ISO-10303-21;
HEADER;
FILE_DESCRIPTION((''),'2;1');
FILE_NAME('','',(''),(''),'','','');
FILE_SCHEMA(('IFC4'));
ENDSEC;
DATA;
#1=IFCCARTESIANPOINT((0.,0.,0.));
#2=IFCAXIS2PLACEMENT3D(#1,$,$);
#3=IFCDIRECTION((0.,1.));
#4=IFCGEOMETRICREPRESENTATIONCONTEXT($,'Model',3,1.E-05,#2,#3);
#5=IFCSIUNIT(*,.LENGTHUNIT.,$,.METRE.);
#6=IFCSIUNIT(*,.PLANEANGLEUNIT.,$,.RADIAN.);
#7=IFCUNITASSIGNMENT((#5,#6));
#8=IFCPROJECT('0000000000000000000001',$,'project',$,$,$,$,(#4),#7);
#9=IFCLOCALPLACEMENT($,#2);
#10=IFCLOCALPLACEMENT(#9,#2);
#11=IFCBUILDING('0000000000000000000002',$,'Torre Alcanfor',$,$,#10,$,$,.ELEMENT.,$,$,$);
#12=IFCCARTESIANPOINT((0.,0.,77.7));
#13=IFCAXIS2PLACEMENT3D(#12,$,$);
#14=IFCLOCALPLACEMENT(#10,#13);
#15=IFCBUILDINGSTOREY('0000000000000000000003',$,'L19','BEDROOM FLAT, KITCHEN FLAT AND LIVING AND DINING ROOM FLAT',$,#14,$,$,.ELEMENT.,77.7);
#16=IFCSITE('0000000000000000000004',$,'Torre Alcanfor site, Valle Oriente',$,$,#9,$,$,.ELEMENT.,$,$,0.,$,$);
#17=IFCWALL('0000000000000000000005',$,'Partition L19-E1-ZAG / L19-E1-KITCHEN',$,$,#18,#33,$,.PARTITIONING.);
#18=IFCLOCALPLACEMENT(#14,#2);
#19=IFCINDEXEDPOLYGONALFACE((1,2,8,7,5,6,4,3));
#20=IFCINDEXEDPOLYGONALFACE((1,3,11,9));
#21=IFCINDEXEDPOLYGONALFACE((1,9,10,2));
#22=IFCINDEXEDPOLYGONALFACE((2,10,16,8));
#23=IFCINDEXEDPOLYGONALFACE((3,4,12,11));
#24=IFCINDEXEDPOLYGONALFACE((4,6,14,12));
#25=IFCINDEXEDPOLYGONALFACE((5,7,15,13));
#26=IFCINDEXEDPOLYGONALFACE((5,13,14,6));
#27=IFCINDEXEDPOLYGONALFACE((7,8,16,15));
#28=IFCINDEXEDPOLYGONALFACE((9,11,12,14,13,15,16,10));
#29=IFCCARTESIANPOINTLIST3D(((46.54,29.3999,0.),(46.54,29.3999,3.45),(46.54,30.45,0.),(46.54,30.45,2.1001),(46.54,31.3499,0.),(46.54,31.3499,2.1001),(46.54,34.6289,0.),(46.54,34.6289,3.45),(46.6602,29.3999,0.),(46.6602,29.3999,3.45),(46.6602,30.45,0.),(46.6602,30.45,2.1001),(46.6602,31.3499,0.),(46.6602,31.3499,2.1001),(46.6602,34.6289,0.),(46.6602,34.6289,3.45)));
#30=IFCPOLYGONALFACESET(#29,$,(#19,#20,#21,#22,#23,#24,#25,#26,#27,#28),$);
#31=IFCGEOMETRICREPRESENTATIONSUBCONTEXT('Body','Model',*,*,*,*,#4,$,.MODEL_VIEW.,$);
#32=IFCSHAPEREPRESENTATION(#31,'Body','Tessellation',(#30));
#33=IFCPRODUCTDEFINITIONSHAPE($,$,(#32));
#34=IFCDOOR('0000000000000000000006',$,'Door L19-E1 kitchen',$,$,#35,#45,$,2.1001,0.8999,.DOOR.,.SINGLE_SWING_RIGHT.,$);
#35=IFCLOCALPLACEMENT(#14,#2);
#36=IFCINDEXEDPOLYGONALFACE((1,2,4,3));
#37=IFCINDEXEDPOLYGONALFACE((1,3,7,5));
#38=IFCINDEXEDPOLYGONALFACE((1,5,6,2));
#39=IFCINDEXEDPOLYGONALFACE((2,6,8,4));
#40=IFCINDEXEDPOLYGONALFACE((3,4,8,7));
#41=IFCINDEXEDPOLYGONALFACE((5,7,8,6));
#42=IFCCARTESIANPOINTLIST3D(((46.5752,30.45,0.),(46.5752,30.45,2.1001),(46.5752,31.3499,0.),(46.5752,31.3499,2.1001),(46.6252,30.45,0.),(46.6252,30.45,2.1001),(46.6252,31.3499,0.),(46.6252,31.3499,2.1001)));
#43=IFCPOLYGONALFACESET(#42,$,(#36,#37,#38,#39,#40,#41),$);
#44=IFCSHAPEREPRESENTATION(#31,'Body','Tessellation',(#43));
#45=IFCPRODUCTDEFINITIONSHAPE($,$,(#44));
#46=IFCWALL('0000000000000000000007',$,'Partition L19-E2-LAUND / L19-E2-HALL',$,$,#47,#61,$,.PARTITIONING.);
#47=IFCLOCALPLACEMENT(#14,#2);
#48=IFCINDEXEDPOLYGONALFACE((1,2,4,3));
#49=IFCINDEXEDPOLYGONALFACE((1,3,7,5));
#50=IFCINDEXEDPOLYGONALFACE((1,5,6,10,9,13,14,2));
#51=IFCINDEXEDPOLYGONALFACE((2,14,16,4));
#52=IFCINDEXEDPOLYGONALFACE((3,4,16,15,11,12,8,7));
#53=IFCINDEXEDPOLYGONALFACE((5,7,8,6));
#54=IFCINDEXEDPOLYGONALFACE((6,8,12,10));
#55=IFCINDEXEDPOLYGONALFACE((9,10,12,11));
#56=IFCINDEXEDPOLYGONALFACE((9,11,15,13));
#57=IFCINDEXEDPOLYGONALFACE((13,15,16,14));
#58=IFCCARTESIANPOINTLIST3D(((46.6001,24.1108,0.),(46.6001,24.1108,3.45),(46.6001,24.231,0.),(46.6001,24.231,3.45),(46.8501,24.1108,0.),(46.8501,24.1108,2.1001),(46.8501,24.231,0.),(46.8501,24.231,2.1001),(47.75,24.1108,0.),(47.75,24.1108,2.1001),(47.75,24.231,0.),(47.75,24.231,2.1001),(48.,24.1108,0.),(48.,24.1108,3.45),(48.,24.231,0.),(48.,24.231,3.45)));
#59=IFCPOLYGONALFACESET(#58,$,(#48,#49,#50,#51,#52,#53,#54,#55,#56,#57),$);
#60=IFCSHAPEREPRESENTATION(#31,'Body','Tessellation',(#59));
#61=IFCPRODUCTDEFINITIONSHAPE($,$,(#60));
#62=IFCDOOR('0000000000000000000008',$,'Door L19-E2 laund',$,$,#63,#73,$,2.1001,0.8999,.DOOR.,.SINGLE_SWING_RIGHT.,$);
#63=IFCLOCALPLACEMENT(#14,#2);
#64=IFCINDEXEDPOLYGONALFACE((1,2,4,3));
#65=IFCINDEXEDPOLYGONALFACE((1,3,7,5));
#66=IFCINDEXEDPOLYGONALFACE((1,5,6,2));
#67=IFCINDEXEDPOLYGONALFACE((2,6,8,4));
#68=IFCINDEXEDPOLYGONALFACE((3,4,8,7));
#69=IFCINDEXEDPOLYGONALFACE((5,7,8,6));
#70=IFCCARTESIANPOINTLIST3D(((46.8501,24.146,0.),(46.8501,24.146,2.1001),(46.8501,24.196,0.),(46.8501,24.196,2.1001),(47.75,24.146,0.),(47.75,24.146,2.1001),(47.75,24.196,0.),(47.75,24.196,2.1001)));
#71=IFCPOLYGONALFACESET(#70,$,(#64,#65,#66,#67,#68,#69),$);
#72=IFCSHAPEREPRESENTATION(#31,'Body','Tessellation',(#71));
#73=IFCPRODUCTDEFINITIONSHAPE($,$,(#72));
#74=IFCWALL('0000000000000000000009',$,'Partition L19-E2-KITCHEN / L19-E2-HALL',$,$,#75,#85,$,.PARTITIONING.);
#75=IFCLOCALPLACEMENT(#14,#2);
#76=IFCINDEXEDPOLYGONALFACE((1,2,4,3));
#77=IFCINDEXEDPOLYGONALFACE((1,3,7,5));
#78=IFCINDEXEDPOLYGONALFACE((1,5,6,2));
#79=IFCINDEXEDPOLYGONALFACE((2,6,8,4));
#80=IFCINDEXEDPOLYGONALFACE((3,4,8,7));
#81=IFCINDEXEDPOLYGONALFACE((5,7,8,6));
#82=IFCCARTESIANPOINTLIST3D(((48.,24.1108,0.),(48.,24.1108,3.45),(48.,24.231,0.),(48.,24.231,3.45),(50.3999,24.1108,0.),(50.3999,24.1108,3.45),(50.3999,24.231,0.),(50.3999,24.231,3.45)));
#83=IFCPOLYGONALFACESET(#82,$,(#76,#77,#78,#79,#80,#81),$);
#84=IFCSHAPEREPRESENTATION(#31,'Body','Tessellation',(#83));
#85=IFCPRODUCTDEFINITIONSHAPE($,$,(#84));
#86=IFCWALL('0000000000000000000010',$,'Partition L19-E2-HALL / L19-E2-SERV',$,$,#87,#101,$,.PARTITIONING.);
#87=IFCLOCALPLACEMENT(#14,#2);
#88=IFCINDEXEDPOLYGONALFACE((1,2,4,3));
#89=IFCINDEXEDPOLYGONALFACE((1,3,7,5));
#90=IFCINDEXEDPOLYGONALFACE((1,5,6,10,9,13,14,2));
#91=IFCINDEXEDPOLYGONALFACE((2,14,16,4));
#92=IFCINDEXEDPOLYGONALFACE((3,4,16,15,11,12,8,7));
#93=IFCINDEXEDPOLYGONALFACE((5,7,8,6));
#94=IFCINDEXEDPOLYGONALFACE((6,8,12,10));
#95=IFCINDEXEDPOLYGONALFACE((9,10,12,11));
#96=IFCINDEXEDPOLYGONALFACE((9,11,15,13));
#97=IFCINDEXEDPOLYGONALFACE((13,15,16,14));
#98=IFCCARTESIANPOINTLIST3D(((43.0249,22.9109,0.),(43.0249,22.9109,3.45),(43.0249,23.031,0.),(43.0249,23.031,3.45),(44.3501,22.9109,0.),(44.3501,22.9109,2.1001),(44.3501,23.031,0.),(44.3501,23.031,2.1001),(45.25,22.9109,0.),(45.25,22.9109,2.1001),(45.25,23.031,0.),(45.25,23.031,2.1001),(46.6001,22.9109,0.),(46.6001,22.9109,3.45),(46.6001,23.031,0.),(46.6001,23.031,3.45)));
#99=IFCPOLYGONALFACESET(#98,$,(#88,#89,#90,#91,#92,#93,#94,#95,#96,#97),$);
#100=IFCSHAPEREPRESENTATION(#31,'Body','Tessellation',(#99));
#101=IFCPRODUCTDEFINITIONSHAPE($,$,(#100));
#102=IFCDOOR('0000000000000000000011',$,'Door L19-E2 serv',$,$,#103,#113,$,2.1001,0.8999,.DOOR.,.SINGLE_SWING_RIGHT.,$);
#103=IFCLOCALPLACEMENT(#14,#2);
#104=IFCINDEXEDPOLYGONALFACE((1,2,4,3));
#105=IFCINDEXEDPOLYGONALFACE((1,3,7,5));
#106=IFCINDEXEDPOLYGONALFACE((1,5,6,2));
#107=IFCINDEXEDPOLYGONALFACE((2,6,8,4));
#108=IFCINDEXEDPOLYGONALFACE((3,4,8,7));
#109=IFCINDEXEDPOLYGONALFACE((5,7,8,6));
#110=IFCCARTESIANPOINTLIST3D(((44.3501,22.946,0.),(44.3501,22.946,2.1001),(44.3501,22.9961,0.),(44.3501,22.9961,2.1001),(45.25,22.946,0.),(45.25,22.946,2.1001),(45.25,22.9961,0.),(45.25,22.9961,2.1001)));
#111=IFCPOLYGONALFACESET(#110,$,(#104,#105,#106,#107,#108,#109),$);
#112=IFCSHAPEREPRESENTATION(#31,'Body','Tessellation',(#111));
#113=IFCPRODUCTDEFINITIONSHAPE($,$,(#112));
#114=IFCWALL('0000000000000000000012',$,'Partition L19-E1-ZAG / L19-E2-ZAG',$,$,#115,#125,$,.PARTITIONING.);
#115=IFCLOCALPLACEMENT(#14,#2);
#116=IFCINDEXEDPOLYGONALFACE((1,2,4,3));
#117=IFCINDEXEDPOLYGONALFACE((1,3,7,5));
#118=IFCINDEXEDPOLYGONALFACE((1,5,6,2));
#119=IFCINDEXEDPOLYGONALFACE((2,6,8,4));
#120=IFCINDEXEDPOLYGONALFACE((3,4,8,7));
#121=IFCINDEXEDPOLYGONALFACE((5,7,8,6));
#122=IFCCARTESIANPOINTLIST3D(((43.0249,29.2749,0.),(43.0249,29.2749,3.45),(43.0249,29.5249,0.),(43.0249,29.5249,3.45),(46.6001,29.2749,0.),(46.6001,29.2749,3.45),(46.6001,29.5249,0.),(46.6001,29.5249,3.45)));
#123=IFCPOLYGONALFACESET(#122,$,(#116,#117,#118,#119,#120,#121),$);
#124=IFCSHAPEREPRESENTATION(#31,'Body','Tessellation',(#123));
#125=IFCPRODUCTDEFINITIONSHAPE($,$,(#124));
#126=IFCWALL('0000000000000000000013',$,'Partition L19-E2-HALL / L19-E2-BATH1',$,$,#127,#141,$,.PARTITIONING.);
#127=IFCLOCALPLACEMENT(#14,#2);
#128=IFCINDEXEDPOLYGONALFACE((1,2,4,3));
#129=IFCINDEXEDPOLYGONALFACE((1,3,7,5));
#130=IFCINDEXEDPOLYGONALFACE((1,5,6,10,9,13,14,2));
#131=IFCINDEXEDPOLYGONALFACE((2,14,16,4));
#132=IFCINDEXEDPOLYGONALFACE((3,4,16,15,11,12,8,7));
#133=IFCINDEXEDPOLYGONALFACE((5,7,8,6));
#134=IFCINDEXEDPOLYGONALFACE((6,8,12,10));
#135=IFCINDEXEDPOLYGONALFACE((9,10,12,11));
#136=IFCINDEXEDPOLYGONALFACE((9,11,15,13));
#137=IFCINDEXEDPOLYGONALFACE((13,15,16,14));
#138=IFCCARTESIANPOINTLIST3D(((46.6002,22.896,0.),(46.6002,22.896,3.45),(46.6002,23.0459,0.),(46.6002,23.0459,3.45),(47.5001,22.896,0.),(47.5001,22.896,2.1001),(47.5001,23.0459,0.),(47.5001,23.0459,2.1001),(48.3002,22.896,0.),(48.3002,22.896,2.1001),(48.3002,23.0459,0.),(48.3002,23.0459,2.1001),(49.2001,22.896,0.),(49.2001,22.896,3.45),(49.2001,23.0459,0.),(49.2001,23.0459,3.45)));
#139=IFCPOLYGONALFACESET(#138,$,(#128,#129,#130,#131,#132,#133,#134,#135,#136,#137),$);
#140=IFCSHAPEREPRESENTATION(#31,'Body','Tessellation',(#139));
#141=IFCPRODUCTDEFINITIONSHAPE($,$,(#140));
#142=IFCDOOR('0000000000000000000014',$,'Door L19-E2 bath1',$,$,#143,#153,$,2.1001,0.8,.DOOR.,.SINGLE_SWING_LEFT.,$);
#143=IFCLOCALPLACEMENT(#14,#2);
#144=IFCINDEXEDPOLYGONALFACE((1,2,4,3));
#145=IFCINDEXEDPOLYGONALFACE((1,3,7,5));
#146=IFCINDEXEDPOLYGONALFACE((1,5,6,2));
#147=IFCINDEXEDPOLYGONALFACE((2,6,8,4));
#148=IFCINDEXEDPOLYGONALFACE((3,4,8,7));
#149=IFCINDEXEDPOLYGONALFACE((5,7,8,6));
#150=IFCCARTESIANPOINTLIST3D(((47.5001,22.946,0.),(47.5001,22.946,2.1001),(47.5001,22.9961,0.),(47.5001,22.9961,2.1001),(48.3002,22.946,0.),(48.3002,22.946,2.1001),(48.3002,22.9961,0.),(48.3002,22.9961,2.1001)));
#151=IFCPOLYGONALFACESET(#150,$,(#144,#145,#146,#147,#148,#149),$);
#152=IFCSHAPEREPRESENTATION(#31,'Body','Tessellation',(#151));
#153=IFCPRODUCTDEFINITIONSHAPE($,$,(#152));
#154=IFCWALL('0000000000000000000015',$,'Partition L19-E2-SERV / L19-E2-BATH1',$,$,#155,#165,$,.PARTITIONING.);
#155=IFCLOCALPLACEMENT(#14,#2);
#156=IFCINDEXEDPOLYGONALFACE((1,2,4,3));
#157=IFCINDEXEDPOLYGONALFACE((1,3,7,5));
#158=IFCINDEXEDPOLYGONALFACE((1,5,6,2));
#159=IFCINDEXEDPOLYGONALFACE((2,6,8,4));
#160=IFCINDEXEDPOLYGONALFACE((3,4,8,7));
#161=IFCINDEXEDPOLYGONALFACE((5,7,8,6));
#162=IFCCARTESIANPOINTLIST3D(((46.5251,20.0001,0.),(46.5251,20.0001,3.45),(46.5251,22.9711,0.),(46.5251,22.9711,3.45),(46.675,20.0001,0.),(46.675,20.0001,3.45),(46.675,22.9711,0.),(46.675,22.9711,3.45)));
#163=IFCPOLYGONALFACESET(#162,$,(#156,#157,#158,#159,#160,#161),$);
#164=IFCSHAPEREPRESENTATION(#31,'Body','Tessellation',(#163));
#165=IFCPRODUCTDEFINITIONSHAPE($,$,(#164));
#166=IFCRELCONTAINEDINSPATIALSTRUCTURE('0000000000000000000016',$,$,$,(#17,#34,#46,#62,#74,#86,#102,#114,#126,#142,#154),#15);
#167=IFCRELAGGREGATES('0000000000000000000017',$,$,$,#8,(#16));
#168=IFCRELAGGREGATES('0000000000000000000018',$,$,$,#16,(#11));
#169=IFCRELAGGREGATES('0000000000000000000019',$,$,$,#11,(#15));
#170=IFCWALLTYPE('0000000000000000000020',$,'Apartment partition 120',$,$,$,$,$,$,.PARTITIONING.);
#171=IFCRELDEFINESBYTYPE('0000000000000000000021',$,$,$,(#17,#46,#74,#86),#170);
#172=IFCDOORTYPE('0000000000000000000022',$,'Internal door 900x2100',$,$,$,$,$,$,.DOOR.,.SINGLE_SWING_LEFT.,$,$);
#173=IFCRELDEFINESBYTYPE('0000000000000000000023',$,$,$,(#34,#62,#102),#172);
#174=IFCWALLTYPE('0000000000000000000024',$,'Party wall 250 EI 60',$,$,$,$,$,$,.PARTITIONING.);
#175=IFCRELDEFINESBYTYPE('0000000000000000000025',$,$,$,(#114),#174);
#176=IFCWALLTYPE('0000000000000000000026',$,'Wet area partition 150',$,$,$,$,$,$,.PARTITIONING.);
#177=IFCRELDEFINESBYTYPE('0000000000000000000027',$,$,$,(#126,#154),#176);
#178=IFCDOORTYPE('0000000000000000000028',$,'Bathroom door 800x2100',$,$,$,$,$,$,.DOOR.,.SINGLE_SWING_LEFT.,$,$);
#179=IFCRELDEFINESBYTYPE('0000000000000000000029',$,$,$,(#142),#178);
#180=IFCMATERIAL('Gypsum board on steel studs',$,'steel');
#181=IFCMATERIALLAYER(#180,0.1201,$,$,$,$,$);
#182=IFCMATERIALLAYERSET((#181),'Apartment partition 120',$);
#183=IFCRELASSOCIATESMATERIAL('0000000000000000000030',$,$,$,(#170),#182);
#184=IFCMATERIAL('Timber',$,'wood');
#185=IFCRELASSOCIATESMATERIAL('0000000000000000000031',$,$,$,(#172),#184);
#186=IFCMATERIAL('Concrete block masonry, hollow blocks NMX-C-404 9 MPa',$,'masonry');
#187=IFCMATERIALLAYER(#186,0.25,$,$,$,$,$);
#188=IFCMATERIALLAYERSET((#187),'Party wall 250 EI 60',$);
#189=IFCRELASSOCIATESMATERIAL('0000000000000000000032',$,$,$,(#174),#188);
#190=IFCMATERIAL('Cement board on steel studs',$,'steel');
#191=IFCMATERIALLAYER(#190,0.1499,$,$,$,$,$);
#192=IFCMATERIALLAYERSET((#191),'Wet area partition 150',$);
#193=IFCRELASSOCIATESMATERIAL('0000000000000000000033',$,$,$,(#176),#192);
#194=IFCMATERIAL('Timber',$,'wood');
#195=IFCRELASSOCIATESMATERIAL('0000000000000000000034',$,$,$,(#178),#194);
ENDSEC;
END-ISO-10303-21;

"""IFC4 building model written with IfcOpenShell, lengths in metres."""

from ifc_helpers import new_model, si_unit, direction, frame, frame_2d, origin, place, context, subcontext, project, spatial, rectangle, extrude, material, layer, layer_set, type_object, element, fill, save


model = new_model("IFC4")

# Units and contexts
model_context = context("Model", 3, precision=1e-05, world=origin(), true_north=direction((0.0, 1.0)))
body_context = subcontext(model_context, "Body", "Model", "MODEL_VIEW")
ifc_project = project(units=[si_unit("LENGTHUNIT", "METRE"), si_unit("PLANEANGLEUNIT", "RADIAN")], contexts=[model_context])

# Site, building, storey
site_placement = place(None, origin())
site = spatial("IfcSite", under=ifc_project, at=site_placement, Name="Torre Alcanfor site, Valle Oriente", CompositionType="ELEMENT", RefElevation=0.0)
building_placement = place(site_placement, origin())
building = spatial("IfcBuilding", under=site, at=building_placement, Name="Torre Alcanfor", CompositionType="ELEMENT")
storey_placement = place(building_placement, frame((0.0, 0.0, 77.7)))
storey = spatial("IfcBuildingStorey", under=building, at=storey_placement, Name="L19", Description="BEDROOM FLAT, KITCHEN FLAT AND LIVING AND DINING ROOM FLAT", CompositionType="ELEMENT", Elevation=77.7)

# Walls, openings, doors
ifc_material_1 = material(Name="Gypsum board on steel studs", Category="steel")
ifc_layer_1 = layer(ifc_material_1, 0.1201)
ifc_layer_set_1 = layer_set([ifc_layer_1], Name="Apartment partition 120")
wall_type_1 = type_object("IfcWallType", Name="Apartment partition 120", PredefinedType="PARTITIONING", material=ifc_layer_set_1)
wall_1_placement = place(storey_placement, frame((46.6001, 29.3999, 0.0), z_axis=(0.0, 0.0, 1.0), x_axis=(0.0, 1.0, 0.0)))
wall_1 = element("IfcWall", 1, at=wall_1_placement, inside=storey, type_object=wall_type_1, Name="Partition L19-E1-ZAG / L19-E1-KITCHEN", PredefinedType="PARTITIONING", context=body_context, shape_type="SweptSolid", body=[
    extrude(rectangle(XDim=5.229, YDim=0.1201, at=frame_2d((2.6145, 0.0))), origin(), (0.0, 0.0, 1.0), 3.45),
])
opening_1_placement = place(wall_1_placement, frame((1.05, 0.0, 0.0)))
opening_1 = element("IfcOpeningElement", 2, at=opening_1_placement, cuts=wall_1, PredefinedType="OPENING", context=body_context, shape_type="SweptSolid", body=[
    extrude(rectangle(XDim=0.8999, YDim=2.1001, at=frame_2d((0.45, 1.05))), frame((0.0, 0.0701, 0.0), z_axis=(0.0, -1.0, 0.0), x_axis=(1.0, 0.0, 0.0)), (0.0, 0.0, 1.0), 0.1401),
])
ifc_material_2 = material(Name="Timber", Category="wood")
door_type_1 = type_object("IfcDoorType", Name="Internal door 900x2100", OperationType="SINGLE_SWING_LEFT", PredefinedType="DOOR", material=ifc_material_2)
door_1_placement = place(opening_1_placement, frame((0.8999, 0.0, 0.0), z_axis=(0.0, 0.0, 1.0), x_axis=(-1.0, 0.0, 0.0)))
door_1 = element("IfcDoor", 3, at=door_1_placement, inside=storey, type_object=door_type_1, Name="Door L19-E1 kitchen", OperationType="SINGLE_SWING_RIGHT", OverallHeight=2.1001, OverallWidth=0.8999, PredefinedType="DOOR", context=body_context, shape_type="SweptSolid", body=[
    extrude(rectangle(XDim=0.8999, YDim=2.1001, at=frame_2d((0.45, 1.05))), frame((0.0, 0.0251, 0.0), z_axis=(0.0, -1.0, 0.0), x_axis=(1.0, 0.0, 0.0)), (0.0, 0.0, 1.0), 0.05),
])
fill(opening_1, door_1)
wall_2_placement = place(storey_placement, frame((48.0, 24.1709, 0.0), z_axis=(0.0, 0.0, 1.0), x_axis=(-1.0, 0.0, 0.0)))
wall_2 = element("IfcWall", 4, at=wall_2_placement, inside=storey, type_object=wall_type_1, Name="Partition L19-E2-LAUND / L19-E2-HALL", PredefinedType="PARTITIONING", context=body_context, shape_type="SweptSolid", body=[
    extrude(rectangle(XDim=1.3999, YDim=0.1201, at=frame_2d((0.7, 0.0))), origin(), (0.0, 0.0, 1.0), 3.45),
])
opening_2_placement = place(wall_2_placement, frame((0.25, 0.0, 0.0)))
opening_2 = element("IfcOpeningElement", 5, at=opening_2_placement, cuts=wall_2, PredefinedType="OPENING", context=body_context, shape_type="SweptSolid", body=[
    extrude(rectangle(XDim=0.8999, YDim=2.1001, at=frame_2d((0.45, 1.05))), frame((0.0, 0.0701, 0.0), z_axis=(0.0, -1.0, 0.0), x_axis=(1.0, 0.0, 0.0)), (0.0, 0.0, 1.0), 0.1401),
])
door_2_placement = place(opening_2_placement, frame((0.8999, 0.0, 0.0), z_axis=(0.0, 0.0, 1.0), x_axis=(-1.0, 0.0, 0.0)))
door_2 = element("IfcDoor", 6, at=door_2_placement, inside=storey, type_object=door_type_1, Name="Door L19-E2 laund", OperationType="SINGLE_SWING_RIGHT", OverallHeight=2.1001, OverallWidth=0.8999, PredefinedType="DOOR", context=body_context, shape_type="SweptSolid", body=[
    extrude(rectangle(XDim=0.8999, YDim=2.1001, at=frame_2d((0.45, 1.05))), frame((0.0, 0.0251, 0.0), z_axis=(0.0, -1.0, 0.0), x_axis=(1.0, 0.0, 0.0)), (0.0, 0.0, 1.0), 0.05),
])
fill(opening_2, door_2)

# Wall
wall_3_placement = place(storey_placement, frame((50.3999, 24.1709, 0.0), z_axis=(0.0, 0.0, 1.0), x_axis=(-1.0, 0.0, 0.0)))
element("IfcWall", 7, at=wall_3_placement, inside=storey, type_object=wall_type_1, Name="Partition L19-E2-KITCHEN / L19-E2-HALL", PredefinedType="PARTITIONING", context=body_context, shape_type="SweptSolid", body=[
    extrude(rectangle(XDim=2.3999, YDim=0.1201, at=frame_2d((1.2, 0.0))), origin(), (0.0, 0.0, 1.0), 3.45),
])

# Wall, opening, door
wall_4_placement = place(storey_placement, frame((46.6001, 22.9709, 0.0), z_axis=(0.0, 0.0, 1.0), x_axis=(-1.0, 0.0, 0.0)))
wall_4 = element("IfcWall", 8, at=wall_4_placement, inside=storey, type_object=wall_type_1, Name="Partition L19-E2-HALL / L19-E2-SERV", PredefinedType="PARTITIONING", context=body_context, shape_type="SweptSolid", body=[
    extrude(rectangle(XDim=3.5752, YDim=0.1201, at=frame_2d((1.7876, 0.0))), origin(), (0.0, 0.0, 1.0), 3.45),
])
opening_3_placement = place(wall_4_placement, frame((1.3501, 0.0, 0.0)))
opening_3 = element("IfcOpeningElement", 9, at=opening_3_placement, cuts=wall_4, PredefinedType="OPENING", context=body_context, shape_type="SweptSolid", body=[
    extrude(rectangle(XDim=0.8999, YDim=2.1001, at=frame_2d((0.45, 1.05))), frame((0.0, 0.0701, 0.0), z_axis=(0.0, -1.0, 0.0), x_axis=(1.0, 0.0, 0.0)), (0.0, 0.0, 1.0), 0.1401),
])
door_3_placement = place(opening_3_placement, origin())
door_3 = element("IfcDoor", 10, at=door_3_placement, inside=storey, type_object=door_type_1, Name="Door L19-E2 serv", OperationType="SINGLE_SWING_RIGHT", OverallHeight=2.1001, OverallWidth=0.8999, PredefinedType="DOOR", context=body_context, shape_type="SweptSolid", body=[
    extrude(rectangle(XDim=0.8999, YDim=2.1001, at=frame_2d((0.45, 1.05))), frame((0.0, 0.0249, 0.0), z_axis=(0.0, -1.0, 0.0), x_axis=(1.0, 0.0, 0.0)), (0.0, 0.0, 1.0), 0.05),
])
fill(opening_3, door_3)

# Wall
ifc_material_3 = material(Name="Concrete block masonry, hollow blocks NMX-C-404 9 MPa", Category="masonry")
ifc_layer_2 = layer(ifc_material_3, 0.25)
ifc_layer_set_2 = layer_set([ifc_layer_2], Name="Party wall 250 EI 60")
wall_type_2 = type_object("IfcWallType", Name="Party wall 250 EI 60", PredefinedType="PARTITIONING", material=ifc_layer_set_2)
wall_5_placement = place(storey_placement, frame((43.0249, 29.3999, 0.0), z_axis=(0.0, 0.0, 1.0), x_axis=(1.0, 0.0, 0.0)))
element("IfcWall", 11, at=wall_5_placement, inside=storey, type_object=wall_type_2, Name="Partition L19-E1-ZAG / L19-E2-ZAG", PredefinedType="PARTITIONING", context=body_context, shape_type="SweptSolid", body=[
    extrude(rectangle(XDim=3.5752, YDim=0.25, at=frame_2d((1.7876, 0.0))), origin(), (0.0, 0.0, 1.0), 3.45),
])

# Wall, opening, door
ifc_material_4 = material(Name="Cement board on steel studs", Category="steel")
ifc_layer_3 = layer(ifc_material_4, 0.1499)
ifc_layer_set_3 = layer_set([ifc_layer_3], Name="Wet area partition 150")
wall_type_3 = type_object("IfcWallType", Name="Wet area partition 150", PredefinedType="PARTITIONING", material=ifc_layer_set_3)
wall_6_placement = place(storey_placement, frame((49.2, 22.9709, 0.0), z_axis=(0.0, 0.0, 1.0), x_axis=(-1.0, 0.0, 0.0)))
wall_6 = element("IfcWall", 12, at=wall_6_placement, inside=storey, type_object=wall_type_3, Name="Partition L19-E2-HALL / L19-E2-BATH1", PredefinedType="PARTITIONING", context=body_context, shape_type="SweptSolid", body=[
    extrude(rectangle(XDim=2.5999, YDim=0.1499, at=frame_2d((1.2998, 0.0))), origin(), (0.0, 0.0, 1.0), 3.45),
])
opening_4_placement = place(wall_6_placement, frame((0.8999, 0.0, 0.0)))
opening_4 = element("IfcOpeningElement", 13, at=opening_4_placement, cuts=wall_6, PredefinedType="OPENING", context=body_context, shape_type="SweptSolid", body=[
    extrude(rectangle(XDim=0.8, YDim=2.1001, at=frame_2d((0.3999, 1.05))), frame((0.0, 0.085, 0.0), z_axis=(0.0, -1.0, 0.0), x_axis=(1.0, 0.0, 0.0)), (0.0, 0.0, 1.0), 0.1699),
])
ifc_material_5 = material(Name="Timber", Category="wood")
door_type_2 = type_object("IfcDoorType", Name="Bathroom door 800x2100", OperationType="SINGLE_SWING_LEFT", PredefinedType="DOOR", material=ifc_material_5)
door_4_placement = place(opening_4_placement, origin())
door_4 = element("IfcDoor", 14, at=door_4_placement, inside=storey, type_object=door_type_2, Name="Door L19-E2 bath1", OperationType="SINGLE_SWING_LEFT", OverallHeight=2.1001, OverallWidth=0.8, PredefinedType="DOOR", context=body_context, shape_type="SweptSolid", body=[
    extrude(rectangle(XDim=0.8, YDim=2.1001, at=frame_2d((0.3999, 1.05))), frame((0.0, 0.0249, 0.0), z_axis=(0.0, -1.0, 0.0), x_axis=(1.0, 0.0, 0.0)), (0.0, 0.0, 1.0), 0.05),
])
fill(opening_4, door_4)

# Wall
for number, where, z_axis, x_axis, name in (
    (15, (46.6001, 22.9709, 0.0), (0.0, 0.0, 1.0), (0.0, -1.0, 0.0), "Partition L19-E2-SERV / L19-E2-BATH1"),
):
    element("IfcWall", number, at=place(storey_placement, frame(where, z_axis=z_axis, x_axis=x_axis)), inside=storey, type_object=wall_type_3, Name=name, PredefinedType="PARTITIONING", context=body_context, shape_type="SweptSolid", body=[
        extrude(rectangle(XDim=2.9709, YDim=0.1499, at=frame_2d((1.4854, 0.0))), origin(), (0.0, 0.0, 1.0), 3.45),
    ])

save(model, "model.ifc")
